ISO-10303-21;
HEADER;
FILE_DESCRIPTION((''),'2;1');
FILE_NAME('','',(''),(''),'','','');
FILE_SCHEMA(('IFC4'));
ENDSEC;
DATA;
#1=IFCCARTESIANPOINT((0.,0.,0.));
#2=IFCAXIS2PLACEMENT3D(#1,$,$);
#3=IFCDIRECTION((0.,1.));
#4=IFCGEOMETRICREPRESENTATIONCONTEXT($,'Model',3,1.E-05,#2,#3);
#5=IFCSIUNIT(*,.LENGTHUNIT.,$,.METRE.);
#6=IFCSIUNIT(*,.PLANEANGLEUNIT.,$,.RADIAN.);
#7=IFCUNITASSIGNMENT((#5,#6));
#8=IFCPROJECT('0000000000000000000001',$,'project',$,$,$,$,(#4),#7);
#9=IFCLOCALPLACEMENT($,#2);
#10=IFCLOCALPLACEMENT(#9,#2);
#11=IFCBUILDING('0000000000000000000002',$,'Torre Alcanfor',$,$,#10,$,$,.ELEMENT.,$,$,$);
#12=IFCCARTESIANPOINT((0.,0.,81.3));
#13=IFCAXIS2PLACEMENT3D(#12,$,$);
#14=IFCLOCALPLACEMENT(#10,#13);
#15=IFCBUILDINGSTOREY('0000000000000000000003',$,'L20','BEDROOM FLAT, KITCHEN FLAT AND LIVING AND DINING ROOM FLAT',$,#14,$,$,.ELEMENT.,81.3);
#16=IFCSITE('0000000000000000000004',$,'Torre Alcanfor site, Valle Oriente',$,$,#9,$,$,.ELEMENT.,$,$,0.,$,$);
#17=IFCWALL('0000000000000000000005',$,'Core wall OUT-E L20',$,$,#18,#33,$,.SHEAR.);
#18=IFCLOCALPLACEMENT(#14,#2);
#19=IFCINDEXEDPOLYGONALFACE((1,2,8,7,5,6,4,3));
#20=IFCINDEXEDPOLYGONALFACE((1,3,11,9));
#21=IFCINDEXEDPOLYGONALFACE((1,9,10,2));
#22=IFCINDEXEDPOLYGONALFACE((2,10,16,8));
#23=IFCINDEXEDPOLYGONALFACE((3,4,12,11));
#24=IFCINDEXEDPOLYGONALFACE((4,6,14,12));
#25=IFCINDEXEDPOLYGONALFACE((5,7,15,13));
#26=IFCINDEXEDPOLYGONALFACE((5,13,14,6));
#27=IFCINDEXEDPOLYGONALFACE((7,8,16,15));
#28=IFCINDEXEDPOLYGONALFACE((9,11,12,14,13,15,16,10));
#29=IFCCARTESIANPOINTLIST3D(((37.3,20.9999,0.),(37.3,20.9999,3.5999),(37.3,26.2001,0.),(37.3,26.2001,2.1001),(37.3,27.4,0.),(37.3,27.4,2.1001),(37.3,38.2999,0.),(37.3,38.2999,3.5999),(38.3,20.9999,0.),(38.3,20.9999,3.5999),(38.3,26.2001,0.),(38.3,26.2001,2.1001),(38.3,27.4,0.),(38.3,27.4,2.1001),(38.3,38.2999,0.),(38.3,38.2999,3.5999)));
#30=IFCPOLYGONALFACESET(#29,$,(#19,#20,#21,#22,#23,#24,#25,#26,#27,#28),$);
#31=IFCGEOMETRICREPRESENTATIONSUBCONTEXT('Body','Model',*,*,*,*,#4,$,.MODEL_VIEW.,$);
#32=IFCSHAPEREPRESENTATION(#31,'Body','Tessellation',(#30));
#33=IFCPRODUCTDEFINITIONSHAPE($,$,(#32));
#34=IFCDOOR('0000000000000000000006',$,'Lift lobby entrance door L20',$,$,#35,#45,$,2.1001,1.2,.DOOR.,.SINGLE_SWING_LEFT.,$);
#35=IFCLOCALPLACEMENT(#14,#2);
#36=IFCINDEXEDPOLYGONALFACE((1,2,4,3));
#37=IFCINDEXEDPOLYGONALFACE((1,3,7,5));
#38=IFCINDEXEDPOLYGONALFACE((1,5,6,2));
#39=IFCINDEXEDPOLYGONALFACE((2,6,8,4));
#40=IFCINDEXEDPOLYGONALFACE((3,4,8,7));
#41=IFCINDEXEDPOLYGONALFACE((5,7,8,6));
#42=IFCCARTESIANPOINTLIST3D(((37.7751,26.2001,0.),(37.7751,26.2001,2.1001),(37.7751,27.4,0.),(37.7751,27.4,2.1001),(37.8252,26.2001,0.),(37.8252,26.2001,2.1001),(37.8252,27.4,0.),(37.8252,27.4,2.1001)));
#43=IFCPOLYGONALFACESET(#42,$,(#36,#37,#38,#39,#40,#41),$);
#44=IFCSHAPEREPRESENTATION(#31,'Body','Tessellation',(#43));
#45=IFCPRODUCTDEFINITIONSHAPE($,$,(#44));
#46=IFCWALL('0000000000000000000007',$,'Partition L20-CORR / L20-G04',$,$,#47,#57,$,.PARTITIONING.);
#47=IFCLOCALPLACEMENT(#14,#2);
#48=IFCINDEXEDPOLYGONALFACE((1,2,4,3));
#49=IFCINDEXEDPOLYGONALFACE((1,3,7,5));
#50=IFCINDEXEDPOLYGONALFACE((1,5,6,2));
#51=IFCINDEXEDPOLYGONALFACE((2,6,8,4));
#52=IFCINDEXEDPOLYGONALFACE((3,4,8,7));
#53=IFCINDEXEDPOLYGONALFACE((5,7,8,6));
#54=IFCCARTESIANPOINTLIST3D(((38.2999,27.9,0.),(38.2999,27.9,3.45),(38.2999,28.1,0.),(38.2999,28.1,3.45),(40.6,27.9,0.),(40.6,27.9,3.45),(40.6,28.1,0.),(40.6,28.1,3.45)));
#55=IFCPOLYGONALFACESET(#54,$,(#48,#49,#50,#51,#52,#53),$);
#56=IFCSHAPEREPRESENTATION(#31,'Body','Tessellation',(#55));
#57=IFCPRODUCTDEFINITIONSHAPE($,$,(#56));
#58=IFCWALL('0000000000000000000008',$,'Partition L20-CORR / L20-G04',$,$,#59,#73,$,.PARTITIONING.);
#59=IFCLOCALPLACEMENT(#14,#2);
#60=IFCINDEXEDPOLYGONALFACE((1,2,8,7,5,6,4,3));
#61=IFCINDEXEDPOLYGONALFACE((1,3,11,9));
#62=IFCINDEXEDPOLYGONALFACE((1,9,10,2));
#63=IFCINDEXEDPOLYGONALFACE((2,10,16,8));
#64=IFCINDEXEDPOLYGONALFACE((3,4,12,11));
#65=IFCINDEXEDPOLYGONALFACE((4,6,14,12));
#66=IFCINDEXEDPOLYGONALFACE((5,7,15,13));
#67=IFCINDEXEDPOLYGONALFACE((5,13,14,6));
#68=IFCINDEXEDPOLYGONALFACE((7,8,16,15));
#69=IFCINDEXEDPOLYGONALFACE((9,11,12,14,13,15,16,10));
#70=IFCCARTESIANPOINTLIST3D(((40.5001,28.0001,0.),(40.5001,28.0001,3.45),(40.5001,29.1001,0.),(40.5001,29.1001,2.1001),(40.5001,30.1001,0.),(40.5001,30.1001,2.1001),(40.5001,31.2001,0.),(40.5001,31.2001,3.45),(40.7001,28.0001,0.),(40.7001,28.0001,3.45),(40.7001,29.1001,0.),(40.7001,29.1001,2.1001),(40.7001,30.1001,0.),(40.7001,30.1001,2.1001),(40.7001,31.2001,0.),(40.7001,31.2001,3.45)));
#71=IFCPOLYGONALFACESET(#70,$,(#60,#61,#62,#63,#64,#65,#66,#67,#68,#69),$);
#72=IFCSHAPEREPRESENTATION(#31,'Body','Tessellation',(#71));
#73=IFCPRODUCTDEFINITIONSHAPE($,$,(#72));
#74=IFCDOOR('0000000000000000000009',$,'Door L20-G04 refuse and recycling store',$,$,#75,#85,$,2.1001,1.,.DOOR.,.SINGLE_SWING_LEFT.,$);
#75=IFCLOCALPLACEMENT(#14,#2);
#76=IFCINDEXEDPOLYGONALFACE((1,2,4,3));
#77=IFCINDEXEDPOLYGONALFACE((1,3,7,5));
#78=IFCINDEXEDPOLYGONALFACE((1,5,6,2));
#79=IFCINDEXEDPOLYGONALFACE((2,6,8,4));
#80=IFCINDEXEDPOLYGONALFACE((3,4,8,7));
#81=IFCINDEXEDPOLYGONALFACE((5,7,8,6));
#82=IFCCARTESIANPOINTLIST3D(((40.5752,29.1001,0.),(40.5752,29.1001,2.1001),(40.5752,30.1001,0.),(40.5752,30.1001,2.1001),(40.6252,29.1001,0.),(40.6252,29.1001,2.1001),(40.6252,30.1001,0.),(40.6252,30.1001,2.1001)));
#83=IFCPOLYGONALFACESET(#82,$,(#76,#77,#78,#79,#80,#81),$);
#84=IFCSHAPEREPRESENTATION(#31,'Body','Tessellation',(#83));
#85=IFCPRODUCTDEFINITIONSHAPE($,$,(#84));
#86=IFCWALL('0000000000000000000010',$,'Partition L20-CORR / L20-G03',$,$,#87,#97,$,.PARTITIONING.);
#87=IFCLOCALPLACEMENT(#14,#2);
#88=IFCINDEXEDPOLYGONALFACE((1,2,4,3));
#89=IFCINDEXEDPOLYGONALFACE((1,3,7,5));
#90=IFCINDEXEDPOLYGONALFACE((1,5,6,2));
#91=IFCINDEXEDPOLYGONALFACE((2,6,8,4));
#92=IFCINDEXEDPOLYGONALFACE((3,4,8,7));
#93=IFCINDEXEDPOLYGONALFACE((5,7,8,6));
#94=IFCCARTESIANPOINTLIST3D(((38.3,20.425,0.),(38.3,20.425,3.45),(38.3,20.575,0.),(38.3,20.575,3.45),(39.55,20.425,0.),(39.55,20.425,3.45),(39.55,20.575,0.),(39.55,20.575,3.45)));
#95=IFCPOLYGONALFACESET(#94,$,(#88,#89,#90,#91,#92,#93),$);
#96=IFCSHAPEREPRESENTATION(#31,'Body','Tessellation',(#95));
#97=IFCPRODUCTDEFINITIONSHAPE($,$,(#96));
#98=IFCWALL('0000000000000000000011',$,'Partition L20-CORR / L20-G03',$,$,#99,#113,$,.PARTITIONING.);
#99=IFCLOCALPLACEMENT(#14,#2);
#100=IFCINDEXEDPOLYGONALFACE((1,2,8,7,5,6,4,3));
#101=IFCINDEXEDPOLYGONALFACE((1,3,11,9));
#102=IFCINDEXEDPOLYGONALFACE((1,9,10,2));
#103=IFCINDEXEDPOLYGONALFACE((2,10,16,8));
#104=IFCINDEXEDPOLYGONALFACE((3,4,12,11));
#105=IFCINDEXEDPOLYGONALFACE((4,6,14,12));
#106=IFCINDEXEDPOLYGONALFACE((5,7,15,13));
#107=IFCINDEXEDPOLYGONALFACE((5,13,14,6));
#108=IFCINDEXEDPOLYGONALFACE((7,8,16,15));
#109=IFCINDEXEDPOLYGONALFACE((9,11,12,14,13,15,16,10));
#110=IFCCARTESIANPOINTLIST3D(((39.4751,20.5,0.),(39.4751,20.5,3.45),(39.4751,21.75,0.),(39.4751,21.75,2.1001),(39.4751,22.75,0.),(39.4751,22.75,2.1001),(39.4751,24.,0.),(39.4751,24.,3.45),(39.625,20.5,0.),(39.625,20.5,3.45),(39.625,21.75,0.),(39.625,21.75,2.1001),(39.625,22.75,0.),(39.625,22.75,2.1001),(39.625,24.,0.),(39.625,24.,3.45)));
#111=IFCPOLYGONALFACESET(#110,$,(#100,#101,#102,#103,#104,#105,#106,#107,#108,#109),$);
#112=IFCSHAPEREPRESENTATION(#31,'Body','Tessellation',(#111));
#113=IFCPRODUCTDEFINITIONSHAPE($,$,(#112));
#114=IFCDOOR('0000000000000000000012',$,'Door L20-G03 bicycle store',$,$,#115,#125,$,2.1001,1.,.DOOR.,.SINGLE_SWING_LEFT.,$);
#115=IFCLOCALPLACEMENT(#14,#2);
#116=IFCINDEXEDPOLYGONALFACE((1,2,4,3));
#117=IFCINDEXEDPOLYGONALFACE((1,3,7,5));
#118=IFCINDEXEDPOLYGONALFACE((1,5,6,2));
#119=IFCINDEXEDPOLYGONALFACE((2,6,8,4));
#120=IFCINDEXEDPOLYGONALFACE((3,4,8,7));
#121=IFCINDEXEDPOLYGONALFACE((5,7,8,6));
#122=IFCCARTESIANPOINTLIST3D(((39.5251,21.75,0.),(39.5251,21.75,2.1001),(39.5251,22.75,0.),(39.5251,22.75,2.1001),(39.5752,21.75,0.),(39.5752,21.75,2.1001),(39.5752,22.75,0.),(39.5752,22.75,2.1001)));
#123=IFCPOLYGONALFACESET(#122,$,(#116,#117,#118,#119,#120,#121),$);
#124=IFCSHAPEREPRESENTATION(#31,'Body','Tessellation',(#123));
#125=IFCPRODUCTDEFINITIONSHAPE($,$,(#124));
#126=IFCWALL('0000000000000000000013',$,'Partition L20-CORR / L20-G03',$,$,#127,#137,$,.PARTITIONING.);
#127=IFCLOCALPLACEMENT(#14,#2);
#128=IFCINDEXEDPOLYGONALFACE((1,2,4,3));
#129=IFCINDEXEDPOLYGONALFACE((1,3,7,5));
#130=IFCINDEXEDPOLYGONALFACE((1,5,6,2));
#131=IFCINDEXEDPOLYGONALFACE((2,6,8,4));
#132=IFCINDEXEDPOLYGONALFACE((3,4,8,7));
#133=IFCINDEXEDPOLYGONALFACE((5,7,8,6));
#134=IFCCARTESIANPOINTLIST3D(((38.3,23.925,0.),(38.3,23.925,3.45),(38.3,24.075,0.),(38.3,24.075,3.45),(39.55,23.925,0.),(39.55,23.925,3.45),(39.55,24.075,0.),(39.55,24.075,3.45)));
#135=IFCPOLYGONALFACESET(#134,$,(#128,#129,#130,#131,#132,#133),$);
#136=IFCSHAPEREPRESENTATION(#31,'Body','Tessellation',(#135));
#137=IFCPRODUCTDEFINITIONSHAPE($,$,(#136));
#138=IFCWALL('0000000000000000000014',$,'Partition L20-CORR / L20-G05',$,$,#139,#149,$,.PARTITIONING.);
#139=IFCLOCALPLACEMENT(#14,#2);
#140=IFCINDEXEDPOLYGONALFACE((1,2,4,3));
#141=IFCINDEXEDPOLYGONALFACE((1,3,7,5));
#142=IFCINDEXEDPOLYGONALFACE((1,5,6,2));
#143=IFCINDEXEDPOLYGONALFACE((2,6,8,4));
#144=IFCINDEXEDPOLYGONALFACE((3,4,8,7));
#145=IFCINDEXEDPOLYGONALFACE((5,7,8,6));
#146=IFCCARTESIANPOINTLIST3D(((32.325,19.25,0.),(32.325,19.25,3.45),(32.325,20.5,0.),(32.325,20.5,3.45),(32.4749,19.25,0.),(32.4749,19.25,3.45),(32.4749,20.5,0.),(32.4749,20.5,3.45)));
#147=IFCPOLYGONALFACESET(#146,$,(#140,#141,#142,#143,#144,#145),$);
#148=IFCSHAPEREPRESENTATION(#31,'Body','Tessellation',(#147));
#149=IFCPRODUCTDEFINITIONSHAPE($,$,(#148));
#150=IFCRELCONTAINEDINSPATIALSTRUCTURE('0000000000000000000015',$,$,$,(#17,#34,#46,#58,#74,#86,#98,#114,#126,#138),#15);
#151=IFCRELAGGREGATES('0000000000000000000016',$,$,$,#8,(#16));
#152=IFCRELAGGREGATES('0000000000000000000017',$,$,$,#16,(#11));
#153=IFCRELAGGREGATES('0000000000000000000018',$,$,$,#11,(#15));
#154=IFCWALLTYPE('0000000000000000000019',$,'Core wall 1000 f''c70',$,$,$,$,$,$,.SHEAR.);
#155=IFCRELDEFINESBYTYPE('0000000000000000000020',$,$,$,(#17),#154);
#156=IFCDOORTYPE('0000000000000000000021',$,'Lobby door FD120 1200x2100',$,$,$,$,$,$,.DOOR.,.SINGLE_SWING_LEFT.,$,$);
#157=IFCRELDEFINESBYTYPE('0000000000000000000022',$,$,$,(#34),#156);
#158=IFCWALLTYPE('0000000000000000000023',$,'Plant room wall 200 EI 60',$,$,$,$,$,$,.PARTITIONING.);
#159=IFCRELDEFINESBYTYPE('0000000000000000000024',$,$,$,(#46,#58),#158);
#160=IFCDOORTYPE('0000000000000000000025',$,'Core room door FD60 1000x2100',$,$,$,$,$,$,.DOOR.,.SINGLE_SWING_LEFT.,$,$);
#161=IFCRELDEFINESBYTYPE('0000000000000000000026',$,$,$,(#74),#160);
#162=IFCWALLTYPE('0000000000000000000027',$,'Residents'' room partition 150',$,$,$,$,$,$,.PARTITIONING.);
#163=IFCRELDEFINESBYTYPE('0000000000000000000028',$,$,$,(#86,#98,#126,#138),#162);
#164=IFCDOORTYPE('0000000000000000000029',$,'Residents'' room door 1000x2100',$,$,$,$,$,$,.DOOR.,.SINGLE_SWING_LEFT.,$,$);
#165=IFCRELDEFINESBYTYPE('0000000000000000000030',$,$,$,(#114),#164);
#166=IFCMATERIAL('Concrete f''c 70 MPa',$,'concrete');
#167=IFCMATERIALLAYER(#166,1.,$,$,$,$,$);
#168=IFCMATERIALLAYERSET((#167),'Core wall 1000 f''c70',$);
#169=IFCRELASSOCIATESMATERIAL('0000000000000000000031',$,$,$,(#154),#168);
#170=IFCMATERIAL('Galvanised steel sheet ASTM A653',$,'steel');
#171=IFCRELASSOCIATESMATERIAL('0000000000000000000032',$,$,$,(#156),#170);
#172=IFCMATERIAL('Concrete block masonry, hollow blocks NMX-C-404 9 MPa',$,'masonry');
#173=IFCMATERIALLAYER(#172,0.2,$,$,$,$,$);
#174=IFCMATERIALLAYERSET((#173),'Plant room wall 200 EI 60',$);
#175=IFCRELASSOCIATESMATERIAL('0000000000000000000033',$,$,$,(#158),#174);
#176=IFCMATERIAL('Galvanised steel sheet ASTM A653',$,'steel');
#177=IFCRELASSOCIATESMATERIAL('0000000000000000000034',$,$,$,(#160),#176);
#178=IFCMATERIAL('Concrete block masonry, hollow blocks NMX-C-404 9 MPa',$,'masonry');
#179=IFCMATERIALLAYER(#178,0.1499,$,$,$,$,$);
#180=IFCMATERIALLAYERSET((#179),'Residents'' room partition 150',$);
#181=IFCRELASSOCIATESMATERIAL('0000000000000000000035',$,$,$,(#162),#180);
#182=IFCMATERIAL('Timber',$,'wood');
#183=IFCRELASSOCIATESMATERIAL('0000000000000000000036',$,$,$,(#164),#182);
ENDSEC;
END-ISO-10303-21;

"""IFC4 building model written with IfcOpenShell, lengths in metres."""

from ifc_helpers import new_model, si_unit, direction, frame, frame_2d, origin, place, context, subcontext, project, spatial, rectangle, extrude, material, layer, layer_set, type_object, element, fill, save


model = new_model("IFC4")

# Units and contexts
model_context = context("Model", 3, precision=1e-05, world=origin(), true_north=direction((0.0, 1.0)))
body_context = subcontext(model_context, "Body", "Model", "MODEL_VIEW")
ifc_project = project(units=[si_unit("LENGTHUNIT", "METRE"), si_unit("PLANEANGLEUNIT", "RADIAN")], contexts=[model_context])

# Site, building, storey
site_placement = place(None, origin())
site = spatial("IfcSite", under=ifc_project, at=site_placement, Name="Torre Alcanfor site, Valle Oriente", CompositionType="ELEMENT", RefElevation=0.0)
building_placement = place(site_placement, origin())
building = spatial("IfcBuilding", under=site, at=building_placement, Name="Torre Alcanfor", CompositionType="ELEMENT")
storey_placement = place(building_placement, frame((0.0, 0.0, 81.3)))
storey = spatial("IfcBuildingStorey", under=building, at=storey_placement, Name="L20", Description="BEDROOM FLAT, KITCHEN FLAT AND LIVING AND DINING ROOM FLAT", CompositionType="ELEMENT", Elevation=81.3)

# Wall, opening, door
ifc_material_1 = material(Name="Concrete f'c 70 MPa", Category="concrete")
ifc_layer_1 = layer(ifc_material_1, 1.0)
ifc_layer_set_1 = layer_set([ifc_layer_1], Name="Core wall 1000 f'c70")
wall_type_1 = type_object("IfcWallType", Name="Core wall 1000 f'c70", PredefinedType="SHEAR", material=ifc_layer_set_1)
wall_1_placement = place(storey_placement, frame((37.8, 21.0, 0.0), z_axis=(0.0, 0.0, 1.0), x_axis=(0.0, 1.0, 0.0)))
wall_1 = element("IfcWall", 1, at=wall_1_placement, inside=storey, type_object=wall_type_1, Name="Core wall OUT-E L20", PredefinedType="SHEAR", context=body_context, shape_type="SweptSolid", body=[
    extrude(rectangle(XDim=17.3, YDim=1.0, at=frame_2d((8.6499, 0.0))), origin(), (0.0, 0.0, 1.0), 3.5999),
])
opening_1_placement = place(wall_1_placement, frame((5.2, 0.0, 0.0)))
opening_1 = element("IfcOpeningElement", 2, at=opening_1_placement, cuts=wall_1, PredefinedType="OPENING", context=body_context, shape_type="SweptSolid", body=[
    extrude(rectangle(XDim=1.2, YDim=2.1001, at=frame_2d((0.6001, 1.05))), frame((0.0, 0.51, 0.0), z_axis=(0.0, -1.0, 0.0), x_axis=(1.0, 0.0, 0.0)), (0.0, 0.0, 1.0), 1.02),
])
ifc_material_2 = material(Name="Galvanised steel sheet ASTM A653", Category="steel")
door_type_1 = type_object("IfcDoorType", Name="Lobby door FD120 1200x2100", OperationType="SINGLE_SWING_LEFT", PredefinedType="DOOR", material=ifc_material_2)
door_1_placement = place(opening_1_placement, origin())
door_1 = element("IfcDoor", 3, at=door_1_placement, inside=storey, type_object=door_type_1, Name="Lift lobby entrance door L20", OperationType="SINGLE_SWING_LEFT", OverallHeight=2.1001, OverallWidth=1.2, PredefinedType="DOOR", context=body_context, shape_type="SweptSolid", body=[
    extrude(rectangle(XDim=1.2, YDim=2.1001, at=frame_2d((0.6001, 1.05))), frame((0.0, 0.0249, 0.0), z_axis=(0.0, -1.0, 0.0), x_axis=(1.0, 0.0, 0.0)), (0.0, 0.0, 1.0), 0.05),
])
fill(opening_1, door_1)

# Wall
ifc_material_3 = material(Name="Concrete block masonry, hollow blocks NMX-C-404 9 MPa", Category="masonry")
ifc_layer_2 = layer(ifc_material_3, 0.2)
ifc_layer_set_2 = layer_set([ifc_layer_2], Name="Plant room wall 200 EI 60")
wall_type_2 = type_object("IfcWallType", Name="Plant room wall 200 EI 60", PredefinedType="PARTITIONING", material=ifc_layer_set_2)
wall_2_placement = place(storey_placement, frame((38.3, 28.0, 0.0), z_axis=(0.0, 0.0, 1.0), x_axis=(1.0, 0.0, 0.0)))
element("IfcWall", 4, at=wall_2_placement, inside=storey, type_object=wall_type_2, Name="Partition L20-CORR / L20-G04", PredefinedType="PARTITIONING", context=body_context, shape_type="SweptSolid", body=[
    extrude(rectangle(XDim=2.3, YDim=0.2, at=frame_2d((1.1499, 0.0))), origin(), (0.0, 0.0, 1.0), 3.45),
])

# Wall, opening, door
wall_3_placement = place(storey_placement, frame((40.6001, 28.0, 0.0), z_axis=(0.0, 0.0, 1.0), x_axis=(0.0, 1.0, 0.0)))
wall_3 = element("IfcWall", 5, at=wall_3_placement, inside=storey, type_object=wall_type_2, Name="Partition L20-CORR / L20-G04", PredefinedType="PARTITIONING", context=body_context, shape_type="SweptSolid", body=[
    extrude(rectangle(XDim=3.2, YDim=0.2, at=frame_2d((1.6001, 0.0))), origin(), (0.0, 0.0, 1.0), 3.45),
])
opening_2_placement = place(wall_3_placement, frame((1.1001, 0.0, 0.0)))
opening_2 = element("IfcOpeningElement", 6, at=opening_2_placement, cuts=wall_3, PredefinedType="OPENING", context=body_context, shape_type="SweptSolid", body=[
    extrude(rectangle(XDim=1.0, YDim=2.1001, at=frame_2d((0.5, 1.05))), frame((0.0, 0.1099, 0.0), z_axis=(0.0, -1.0, 0.0), x_axis=(1.0, 0.0, 0.0)), (0.0, 0.0, 1.0), 0.22),
])
ifc_material_4 = material(Name="Galvanised steel sheet ASTM A653", Category="steel")
door_type_2 = type_object("IfcDoorType", Name="Core room door FD60 1000x2100", OperationType="SINGLE_SWING_LEFT", PredefinedType="DOOR", material=ifc_material_4)
door_2_placement = place(opening_2_placement, origin())
door_2 = element("IfcDoor", 7, at=door_2_placement, inside=storey, type_object=door_type_2, Name="Door L20-G04 refuse and recycling store", OperationType="SINGLE_SWING_LEFT", OverallHeight=2.1001, OverallWidth=1.0, PredefinedType="DOOR", context=body_context, shape_type="SweptSolid", body=[
    extrude(rectangle(XDim=1.0, YDim=2.1001, at=frame_2d((0.5, 1.05))), frame((0.0, 0.0249, 0.0), z_axis=(0.0, -1.0, 0.0), x_axis=(1.0, 0.0, 0.0)), (0.0, 0.0, 1.0), 0.05),
])
fill(opening_2, door_2)

# Wall
ifc_material_5 = material(Name="Concrete block masonry, hollow blocks NMX-C-404 9 MPa", Category="masonry")
ifc_layer_3 = layer(ifc_material_5, 0.1499)
ifc_layer_set_3 = layer_set([ifc_layer_3], Name="Residents' room partition 150")
wall_type_3 = type_object("IfcWallType", Name="Residents' room partition 150", PredefinedType="PARTITIONING", material=ifc_layer_set_3)
wall_4_placement = place(storey_placement, frame((38.3, 20.5, 0.0), z_axis=(0.0, 0.0, 1.0), x_axis=(1.0, 0.0, 0.0)))
element("IfcWall", 8, at=wall_4_placement, inside=storey, type_object=wall_type_3, Name="Partition L20-CORR / L20-G03", PredefinedType="PARTITIONING", context=body_context, shape_type="SweptSolid", body=[
    extrude(rectangle(XDim=1.25, YDim=0.1499, at=frame_2d((0.625, 0.0))), origin(), (0.0, 0.0, 1.0), 3.45),
])

# Wall, opening, door
wall_5_placement = place(storey_placement, frame((39.55, 20.5, 0.0), z_axis=(0.0, 0.0, 1.0), x_axis=(0.0, 1.0, 0.0)))
wall_5 = element("IfcWall", 9, at=wall_5_placement, inside=storey, type_object=wall_type_3, Name="Partition L20-CORR / L20-G03", PredefinedType="PARTITIONING", context=body_context, shape_type="SweptSolid", body=[
    extrude(rectangle(XDim=3.5, YDim=0.1499, at=frame_2d((1.75, 0.0))), origin(), (0.0, 0.0, 1.0), 3.45),
])
opening_3_placement = place(wall_5_placement, frame((1.25, 0.0, 0.0)))
opening_3 = element("IfcOpeningElement", 10, at=opening_3_placement, cuts=wall_5, PredefinedType="OPENING", context=body_context, shape_type="SweptSolid", body=[
    extrude(rectangle(XDim=1.0, YDim=2.1001, at=frame_2d((0.5, 1.05))), frame((0.0, 0.085, 0.0), z_axis=(0.0, -1.0, 0.0), x_axis=(1.0, 0.0, 0.0)), (0.0, 0.0, 1.0), 0.1699),
])
ifc_material_6 = material(Name="Timber", Category="wood")
door_type_3 = type_object("IfcDoorType", Name="Residents' room door 1000x2100", OperationType="SINGLE_SWING_LEFT", PredefinedType="DOOR", material=ifc_material_6)
door_3_placement = place(opening_3_placement, origin())
door_3 = element("IfcDoor", 11, at=door_3_placement, inside=storey, type_object=door_type_3, Name="Door L20-G03 bicycle store", OperationType="SINGLE_SWING_LEFT", OverallHeight=2.1001, OverallWidth=1.0, PredefinedType="DOOR", context=body_context, shape_type="SweptSolid", body=[
    extrude(rectangle(XDim=1.0, YDim=2.1001, at=frame_2d((0.5, 1.05))), frame((0.0, 0.0249, 0.0), z_axis=(0.0, -1.0, 0.0), x_axis=(1.0, 0.0, 0.0)), (0.0, 0.0, 1.0), 0.05),
])
fill(opening_3, door_3)

# Walls
for number, where, z_axis, x_axis, name in (
    (12, (39.55, 24.0, 0.0), (0.0, 0.0, 1.0), (-1.0, 0.0, 0.0), "Partition L20-CORR / L20-G03"),
    (13, (32.3999, 19.25, 0.0), (0.0, 0.0, 1.0), (0.0, 1.0, 0.0), "Partition L20-CORR / L20-G05"),
):
    element("IfcWall", number, at=place(storey_placement, frame(where, z_axis=z_axis, x_axis=x_axis)), inside=storey, type_object=wall_type_3, Name=name, PredefinedType="PARTITIONING", context=body_context, shape_type="SweptSolid", body=[
        extrude(rectangle(XDim=1.25, YDim=0.1499, at=frame_2d((0.625, 0.0))), origin(), (0.0, 0.0, 1.0), 3.45),
    ])

save(model, "model.ifc")
